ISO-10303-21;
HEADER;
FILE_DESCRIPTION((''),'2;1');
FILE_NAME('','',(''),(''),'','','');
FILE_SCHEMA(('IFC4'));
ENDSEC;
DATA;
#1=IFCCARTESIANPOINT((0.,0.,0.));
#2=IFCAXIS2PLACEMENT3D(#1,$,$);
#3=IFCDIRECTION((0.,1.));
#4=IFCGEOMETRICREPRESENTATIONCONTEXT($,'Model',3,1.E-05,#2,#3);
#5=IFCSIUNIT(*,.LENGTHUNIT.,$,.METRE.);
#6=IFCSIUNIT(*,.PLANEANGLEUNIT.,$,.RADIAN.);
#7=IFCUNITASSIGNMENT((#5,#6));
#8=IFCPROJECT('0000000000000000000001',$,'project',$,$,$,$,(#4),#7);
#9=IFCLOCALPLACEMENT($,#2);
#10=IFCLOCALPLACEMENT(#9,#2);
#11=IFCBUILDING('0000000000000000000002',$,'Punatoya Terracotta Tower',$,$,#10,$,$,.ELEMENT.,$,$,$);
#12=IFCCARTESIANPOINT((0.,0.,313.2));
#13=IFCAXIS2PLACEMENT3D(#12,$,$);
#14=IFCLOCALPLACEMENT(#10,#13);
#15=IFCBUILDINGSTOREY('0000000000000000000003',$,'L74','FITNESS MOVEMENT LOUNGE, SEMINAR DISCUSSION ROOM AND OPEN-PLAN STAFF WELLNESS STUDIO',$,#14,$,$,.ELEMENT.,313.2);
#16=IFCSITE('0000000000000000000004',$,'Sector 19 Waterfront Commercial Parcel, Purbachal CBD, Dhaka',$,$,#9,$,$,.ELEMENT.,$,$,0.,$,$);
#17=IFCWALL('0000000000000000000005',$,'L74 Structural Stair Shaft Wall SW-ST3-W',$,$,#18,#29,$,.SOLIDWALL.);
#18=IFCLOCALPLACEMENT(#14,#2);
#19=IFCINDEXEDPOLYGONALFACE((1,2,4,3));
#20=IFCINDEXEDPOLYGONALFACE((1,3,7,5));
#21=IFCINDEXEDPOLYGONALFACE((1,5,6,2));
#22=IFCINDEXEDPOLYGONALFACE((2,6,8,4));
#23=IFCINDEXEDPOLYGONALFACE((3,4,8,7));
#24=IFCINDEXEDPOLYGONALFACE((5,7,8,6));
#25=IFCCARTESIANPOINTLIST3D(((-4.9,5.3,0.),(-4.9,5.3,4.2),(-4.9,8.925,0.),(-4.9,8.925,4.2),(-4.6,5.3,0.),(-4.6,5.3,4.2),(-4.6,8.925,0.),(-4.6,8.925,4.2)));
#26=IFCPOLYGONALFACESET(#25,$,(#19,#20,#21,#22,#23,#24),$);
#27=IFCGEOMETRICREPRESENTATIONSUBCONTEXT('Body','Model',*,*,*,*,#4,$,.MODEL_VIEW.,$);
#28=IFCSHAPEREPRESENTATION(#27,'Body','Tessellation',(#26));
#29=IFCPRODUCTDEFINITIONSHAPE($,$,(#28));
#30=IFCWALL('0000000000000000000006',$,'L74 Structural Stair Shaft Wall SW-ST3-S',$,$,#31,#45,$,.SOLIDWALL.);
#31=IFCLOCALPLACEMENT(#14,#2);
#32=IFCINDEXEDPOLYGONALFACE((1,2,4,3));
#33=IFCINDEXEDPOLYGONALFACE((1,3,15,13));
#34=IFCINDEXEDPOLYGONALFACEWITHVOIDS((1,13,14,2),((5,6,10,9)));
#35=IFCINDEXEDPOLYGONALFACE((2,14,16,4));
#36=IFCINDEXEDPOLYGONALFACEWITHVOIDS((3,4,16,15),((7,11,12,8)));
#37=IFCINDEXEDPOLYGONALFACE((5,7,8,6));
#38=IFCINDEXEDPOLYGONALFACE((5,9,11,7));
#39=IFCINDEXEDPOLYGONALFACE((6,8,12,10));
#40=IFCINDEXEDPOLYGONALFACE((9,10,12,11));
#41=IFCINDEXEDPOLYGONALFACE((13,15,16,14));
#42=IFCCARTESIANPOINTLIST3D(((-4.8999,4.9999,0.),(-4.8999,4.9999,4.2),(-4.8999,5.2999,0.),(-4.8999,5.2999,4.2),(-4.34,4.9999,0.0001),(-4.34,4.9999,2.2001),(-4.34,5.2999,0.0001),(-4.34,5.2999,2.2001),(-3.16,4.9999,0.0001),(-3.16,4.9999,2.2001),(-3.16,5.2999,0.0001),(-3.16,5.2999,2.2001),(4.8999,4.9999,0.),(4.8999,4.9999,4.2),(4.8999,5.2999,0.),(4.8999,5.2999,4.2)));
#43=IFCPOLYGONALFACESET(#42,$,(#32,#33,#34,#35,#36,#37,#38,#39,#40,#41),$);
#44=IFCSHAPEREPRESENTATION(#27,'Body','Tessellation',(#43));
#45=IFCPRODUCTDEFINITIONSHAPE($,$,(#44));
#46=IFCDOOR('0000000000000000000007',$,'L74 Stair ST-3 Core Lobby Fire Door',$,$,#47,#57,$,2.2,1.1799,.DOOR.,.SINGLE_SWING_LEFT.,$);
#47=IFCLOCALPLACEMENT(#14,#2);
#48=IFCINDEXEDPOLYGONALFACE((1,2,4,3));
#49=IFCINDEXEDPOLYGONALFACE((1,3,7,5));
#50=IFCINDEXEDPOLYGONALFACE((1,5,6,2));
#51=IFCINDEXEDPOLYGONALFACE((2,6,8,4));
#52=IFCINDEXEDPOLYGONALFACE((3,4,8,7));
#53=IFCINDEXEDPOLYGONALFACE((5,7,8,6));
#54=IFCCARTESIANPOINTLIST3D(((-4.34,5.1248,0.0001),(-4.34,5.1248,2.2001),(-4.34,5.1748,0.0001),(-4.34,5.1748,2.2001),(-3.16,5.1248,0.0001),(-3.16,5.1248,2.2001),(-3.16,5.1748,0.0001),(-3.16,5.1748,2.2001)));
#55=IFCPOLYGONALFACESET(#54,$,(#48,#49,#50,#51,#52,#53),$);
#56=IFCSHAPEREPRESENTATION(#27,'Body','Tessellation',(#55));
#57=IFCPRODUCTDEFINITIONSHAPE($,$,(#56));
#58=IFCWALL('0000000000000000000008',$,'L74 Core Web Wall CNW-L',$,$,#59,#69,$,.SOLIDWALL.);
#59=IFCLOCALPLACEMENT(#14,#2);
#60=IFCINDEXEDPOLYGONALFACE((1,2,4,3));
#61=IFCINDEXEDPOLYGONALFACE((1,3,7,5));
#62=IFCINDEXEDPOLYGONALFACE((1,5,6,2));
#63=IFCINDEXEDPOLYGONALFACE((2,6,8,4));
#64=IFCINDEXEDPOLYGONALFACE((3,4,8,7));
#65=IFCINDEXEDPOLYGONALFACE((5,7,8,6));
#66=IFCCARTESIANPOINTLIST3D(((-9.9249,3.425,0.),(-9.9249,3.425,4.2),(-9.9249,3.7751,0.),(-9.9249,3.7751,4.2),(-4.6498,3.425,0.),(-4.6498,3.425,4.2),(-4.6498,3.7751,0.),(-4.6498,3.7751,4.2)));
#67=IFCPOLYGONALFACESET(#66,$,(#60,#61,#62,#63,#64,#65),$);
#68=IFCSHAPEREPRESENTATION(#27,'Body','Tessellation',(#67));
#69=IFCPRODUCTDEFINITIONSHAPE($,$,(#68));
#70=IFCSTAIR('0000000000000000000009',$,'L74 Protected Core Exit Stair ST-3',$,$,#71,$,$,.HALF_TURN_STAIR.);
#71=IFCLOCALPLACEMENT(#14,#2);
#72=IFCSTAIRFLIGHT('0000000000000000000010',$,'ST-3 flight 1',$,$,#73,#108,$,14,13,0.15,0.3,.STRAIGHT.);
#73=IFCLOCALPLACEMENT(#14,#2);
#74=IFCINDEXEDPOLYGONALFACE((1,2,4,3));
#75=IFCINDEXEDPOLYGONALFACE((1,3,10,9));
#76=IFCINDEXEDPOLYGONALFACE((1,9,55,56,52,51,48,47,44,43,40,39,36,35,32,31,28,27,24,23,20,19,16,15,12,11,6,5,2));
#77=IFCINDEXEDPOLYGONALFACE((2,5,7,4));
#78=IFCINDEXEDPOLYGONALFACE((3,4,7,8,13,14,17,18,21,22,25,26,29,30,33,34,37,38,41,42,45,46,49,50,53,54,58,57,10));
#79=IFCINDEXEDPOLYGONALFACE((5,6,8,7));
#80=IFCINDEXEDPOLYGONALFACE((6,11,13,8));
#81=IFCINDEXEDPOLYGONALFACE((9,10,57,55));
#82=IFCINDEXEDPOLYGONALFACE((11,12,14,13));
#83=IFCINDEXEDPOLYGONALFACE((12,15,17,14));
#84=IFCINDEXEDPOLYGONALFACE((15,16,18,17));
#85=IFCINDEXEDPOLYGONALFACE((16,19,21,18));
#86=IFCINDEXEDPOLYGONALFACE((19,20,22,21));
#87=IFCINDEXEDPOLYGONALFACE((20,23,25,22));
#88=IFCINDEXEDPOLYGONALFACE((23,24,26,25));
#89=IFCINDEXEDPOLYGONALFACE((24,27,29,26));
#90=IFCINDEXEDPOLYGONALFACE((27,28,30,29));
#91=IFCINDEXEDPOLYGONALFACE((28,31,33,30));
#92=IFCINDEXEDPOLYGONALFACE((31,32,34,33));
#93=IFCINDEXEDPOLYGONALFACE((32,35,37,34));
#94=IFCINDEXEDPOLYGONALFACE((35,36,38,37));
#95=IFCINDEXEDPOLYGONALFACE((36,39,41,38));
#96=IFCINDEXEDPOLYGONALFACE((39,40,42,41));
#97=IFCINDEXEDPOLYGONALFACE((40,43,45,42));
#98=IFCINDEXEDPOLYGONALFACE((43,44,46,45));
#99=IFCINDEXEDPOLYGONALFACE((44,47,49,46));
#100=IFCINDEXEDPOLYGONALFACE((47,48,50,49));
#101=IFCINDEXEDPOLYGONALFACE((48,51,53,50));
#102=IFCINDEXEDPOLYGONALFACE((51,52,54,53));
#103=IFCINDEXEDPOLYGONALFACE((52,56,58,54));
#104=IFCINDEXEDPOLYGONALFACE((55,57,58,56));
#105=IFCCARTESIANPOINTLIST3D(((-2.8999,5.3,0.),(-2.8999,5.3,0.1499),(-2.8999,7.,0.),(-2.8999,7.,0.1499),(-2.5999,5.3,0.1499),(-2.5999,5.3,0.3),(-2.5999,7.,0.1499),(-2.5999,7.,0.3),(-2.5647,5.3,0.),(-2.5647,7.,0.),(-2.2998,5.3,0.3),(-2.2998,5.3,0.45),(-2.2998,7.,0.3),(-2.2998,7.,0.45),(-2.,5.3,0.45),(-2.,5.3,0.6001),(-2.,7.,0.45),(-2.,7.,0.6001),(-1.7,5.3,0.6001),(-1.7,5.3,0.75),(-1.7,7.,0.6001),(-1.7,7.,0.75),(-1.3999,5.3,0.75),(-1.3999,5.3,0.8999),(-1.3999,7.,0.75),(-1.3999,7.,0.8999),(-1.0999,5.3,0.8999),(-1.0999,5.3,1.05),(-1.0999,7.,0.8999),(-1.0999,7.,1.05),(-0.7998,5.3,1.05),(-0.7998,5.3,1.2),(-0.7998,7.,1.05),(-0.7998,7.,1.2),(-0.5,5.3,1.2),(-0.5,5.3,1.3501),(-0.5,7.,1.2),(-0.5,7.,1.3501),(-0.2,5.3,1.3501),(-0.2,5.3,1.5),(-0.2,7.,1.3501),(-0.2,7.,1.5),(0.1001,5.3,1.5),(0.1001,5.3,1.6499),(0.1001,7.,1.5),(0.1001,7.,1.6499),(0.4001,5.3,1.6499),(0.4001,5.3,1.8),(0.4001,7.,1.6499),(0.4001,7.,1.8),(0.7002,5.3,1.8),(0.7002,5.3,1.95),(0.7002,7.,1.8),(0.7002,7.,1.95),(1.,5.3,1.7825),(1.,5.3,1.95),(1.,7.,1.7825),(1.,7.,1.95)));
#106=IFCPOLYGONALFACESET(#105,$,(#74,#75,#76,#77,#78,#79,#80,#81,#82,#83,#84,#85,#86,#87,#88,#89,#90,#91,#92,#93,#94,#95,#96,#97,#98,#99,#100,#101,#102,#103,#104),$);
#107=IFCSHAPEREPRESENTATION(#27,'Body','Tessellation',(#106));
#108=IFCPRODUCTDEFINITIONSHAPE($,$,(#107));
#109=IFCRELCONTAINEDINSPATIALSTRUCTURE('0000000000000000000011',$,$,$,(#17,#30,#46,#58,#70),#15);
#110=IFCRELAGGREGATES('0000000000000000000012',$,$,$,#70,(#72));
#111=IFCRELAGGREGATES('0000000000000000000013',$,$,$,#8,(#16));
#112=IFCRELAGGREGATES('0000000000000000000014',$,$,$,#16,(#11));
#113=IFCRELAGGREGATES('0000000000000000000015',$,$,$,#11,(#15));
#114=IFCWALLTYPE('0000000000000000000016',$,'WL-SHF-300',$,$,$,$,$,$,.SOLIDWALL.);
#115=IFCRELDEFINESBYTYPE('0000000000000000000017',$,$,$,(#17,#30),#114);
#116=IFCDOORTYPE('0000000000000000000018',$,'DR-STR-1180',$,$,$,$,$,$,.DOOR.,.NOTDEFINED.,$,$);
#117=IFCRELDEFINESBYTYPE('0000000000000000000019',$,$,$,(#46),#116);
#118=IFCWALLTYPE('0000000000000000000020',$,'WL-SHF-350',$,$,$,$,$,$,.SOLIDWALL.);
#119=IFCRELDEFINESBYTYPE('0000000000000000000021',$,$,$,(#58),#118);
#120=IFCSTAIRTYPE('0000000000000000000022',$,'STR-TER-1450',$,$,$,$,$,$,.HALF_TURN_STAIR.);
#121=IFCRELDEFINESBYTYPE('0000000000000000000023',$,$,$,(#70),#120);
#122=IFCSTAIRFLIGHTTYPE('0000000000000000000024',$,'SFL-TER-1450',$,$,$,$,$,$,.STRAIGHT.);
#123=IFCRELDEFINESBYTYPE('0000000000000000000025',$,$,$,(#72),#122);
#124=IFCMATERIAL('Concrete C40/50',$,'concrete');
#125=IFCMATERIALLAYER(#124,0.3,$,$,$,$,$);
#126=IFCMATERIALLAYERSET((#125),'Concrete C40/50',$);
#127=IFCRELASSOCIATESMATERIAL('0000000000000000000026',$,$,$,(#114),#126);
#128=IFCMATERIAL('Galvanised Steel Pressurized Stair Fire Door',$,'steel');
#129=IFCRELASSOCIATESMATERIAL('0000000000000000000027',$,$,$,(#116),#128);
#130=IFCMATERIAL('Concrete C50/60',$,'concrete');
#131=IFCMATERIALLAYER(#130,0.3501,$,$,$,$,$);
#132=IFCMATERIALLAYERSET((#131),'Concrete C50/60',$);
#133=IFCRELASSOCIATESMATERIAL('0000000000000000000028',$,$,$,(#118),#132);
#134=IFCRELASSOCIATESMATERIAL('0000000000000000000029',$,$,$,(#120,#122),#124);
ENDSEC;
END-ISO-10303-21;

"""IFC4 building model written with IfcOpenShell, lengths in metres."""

from ifc_helpers import new_model, si_unit, direction, frame, frame_2d, origin, place, context, subcontext, project, spatial, polyline, rectangle, outline, extrude, material, layer, layer_set, type_object, element, fill, aggregate, save


model = new_model("IFC4")

# Units and contexts
model_context = context("Model", 3, precision=1e-05, world=origin(), true_north=direction((0.0, 1.0)))
body_context = subcontext(model_context, "Body", "Model", "MODEL_VIEW")
ifc_project = project(units=[si_unit("LENGTHUNIT", "METRE"), si_unit("PLANEANGLEUNIT", "RADIAN")], contexts=[model_context])

# Site, building, storey
site_placement = place(None, origin())
site = spatial("IfcSite", under=ifc_project, at=site_placement, Name="Sector 19 Waterfront Commercial Parcel, Purbachal CBD, Dhaka", CompositionType="ELEMENT", RefElevation=0.0)
building_placement = place(site_placement, origin())
building = spatial("IfcBuilding", under=site, at=building_placement, Name="Punatoya Terracotta Tower", CompositionType="ELEMENT")
storey_placement = place(building_placement, frame((0.0, 0.0, 313.2)))
storey = spatial("IfcBuildingStorey", under=building, at=storey_placement, Name="L74", Description="FITNESS MOVEMENT LOUNGE, SEMINAR DISCUSSION ROOM AND OPEN-PLAN STAFF WELLNESS STUDIO", CompositionType="ELEMENT", Elevation=313.2)

# Shared definitions
ifc_material_1 = material(Name="Concrete C50/60", Category="concrete")

# Shared definitions
ifc_material_2 = material(Name="Concrete C40/50", Category="concrete")

# Wall
ifc_layer_1 = layer(ifc_material_2, 0.3)
ifc_layer_set_1 = layer_set([ifc_layer_1], Name="Concrete C40/50")
wall_type_1 = type_object("IfcWallType", Name="WL-SHF-300", PredefinedType="SOLIDWALL", material=ifc_layer_set_1)
wall_1_placement = place(storey_placement, frame((-4.75, 5.3, 0.0), z_axis=(0.0, 0.0, 1.0), x_axis=(0.0, 1.0, 0.0)))
element("IfcWall", 1, at=wall_1_placement, inside=storey, type_object=wall_type_1, Name="L74 Structural Stair Shaft Wall SW-ST3-W", PredefinedType="SOLIDWALL", context=body_context, shape_type="SweptSolid", body=[
    extrude(rectangle(XDim=3.625, YDim=0.3, at=frame_2d((1.8125, 0.0))), origin(), (0.0, 0.0, 1.0), 4.2),
])

# Wall, opening, door
wall_2_placement = place(storey_placement, frame((-4.8999, 5.1499, 0.0), z_axis=(0.0, 0.0, 1.0), x_axis=(1.0, 0.0, 0.0)))
wall_2 = element("IfcWall", 2, at=wall_2_placement, inside=storey, type_object=wall_type_1, Name="L74 Structural Stair Shaft Wall SW-ST3-S", PredefinedType="SOLIDWALL", context=body_context, shape_type="SweptSolid", body=[
    extrude(rectangle(XDim=9.7998, YDim=0.3, at=frame_2d((4.8999, 0.0))), origin(), (0.0, 0.0, 1.0), 4.2),
])
opening_1_placement = place(wall_2_placement, frame((0.5601, 0.0, 0.0)))
opening_1 = element("IfcOpeningElement", 3, at=opening_1_placement, cuts=wall_2, PredefinedType="OPENING", context=body_context, shape_type="SweptSolid", body=[
    extrude(rectangle(XDim=1.1799, YDim=2.2, at=frame_2d((0.5898, 1.1001))), frame((0.0, 0.1599, 0.0), z_axis=(0.0, -1.0, 0.0), x_axis=(1.0, 0.0, 0.0)), (0.0, 0.0, 1.0), 0.3201),
])
ifc_material_3 = material(Name="Galvanised Steel Pressurized Stair Fire Door", Category="steel")
door_type_1 = type_object("IfcDoorType", Name="DR-STR-1180", OperationType="NOTDEFINED", PredefinedType="DOOR", material=ifc_material_3)
door_1_placement = place(opening_1_placement, origin())
door_1 = element("IfcDoor", 4, at=door_1_placement, inside=storey, type_object=door_type_1, Name="L74 Stair ST-3 Core Lobby Fire Door", OperationType="SINGLE_SWING_LEFT", OverallHeight=2.2, OverallWidth=1.1799, PredefinedType="DOOR", context=body_context, shape_type="SweptSolid", body=[
    extrude(rectangle(XDim=1.1799, YDim=2.2, at=frame_2d((0.5898, 1.1001))), frame((0.0, 0.0249, 0.0), z_axis=(0.0, -1.0, 0.0), x_axis=(1.0, 0.0, 0.0)), (0.0, 0.0, 1.0), 0.05),
])
fill(opening_1, door_1)

# Wall
ifc_layer_2 = layer(ifc_material_1, 0.3501)
ifc_layer_set_2 = layer_set([ifc_layer_2], Name="Concrete C50/60")
wall_type_2 = type_object("IfcWallType", Name="WL-SHF-350", PredefinedType="SOLIDWALL", material=ifc_layer_set_2)
wall_3_placement = place(storey_placement, frame((-9.925, 3.6001, 0.0), z_axis=(0.0, 0.0, 1.0), x_axis=(1.0, 0.0, 0.0)))
element("IfcWall", 5, at=wall_3_placement, inside=storey, type_object=wall_type_2, Name="L74 Core Web Wall CNW-L", PredefinedType="SOLIDWALL", context=body_context, shape_type="SweptSolid", body=[
    extrude(rectangle(XDim=5.2751, YDim=0.3501, at=frame_2d((2.6377, 0.0))), origin(), (0.0, 0.0, 1.0), 4.2),
])

# Stair, stair flight
stair_type = type_object("IfcStairType", Name="STR-TER-1450", PredefinedType="HALF_TURN_STAIR", material=ifc_material_2)
stair_placement = place(storey_placement, origin())
stair = element("IfcStair", 6, at=stair_placement, inside=storey, type_object=stair_type, Name="L74 Protected Core Exit Stair ST-3", PredefinedType="HALF_TURN_STAIR")
stair_flight_type = type_object("IfcStairFlightType", Name="SFL-TER-1450", PredefinedType="STRAIGHT", material=ifc_material_2)
stair_flight_placement = place(storey_placement, frame((-2.8999, 6.1499, 0.0), z_axis=(0.0, 0.0, 1.0), x_axis=(1.0, 0.0, 0.0)))
stair_flight = element("IfcStairFlight", 7, at=stair_flight_placement, type_object=stair_flight_type, Name="ST-3 flight 1", NumberOfRisers=14, NumberOfTreads=13, PredefinedType="STRAIGHT", RiserHeight=0.15, TreadLength=0.3, context=body_context, shape_type="SweptSolid", body=[
    extrude(outline(polyline([(0.0, 0.0), (0.0, 0.1499), (0.3, 0.1499), (0.3, 0.3), (0.6001, 0.3), (0.6001, 0.45), (0.8999, 0.45), (0.8999, 0.6001), (1.2, 0.6001), (1.2, 0.75), (1.5, 0.75), (1.5, 0.8999), (1.8, 0.8999), (1.8, 1.05), (2.1001, 1.05), (2.1001, 1.2), (2.3999, 1.2), (2.3999, 1.3501), (2.7, 1.3501), (2.7, 1.5), (3.0, 1.5), (3.0, 1.6499), (3.3, 1.6499), (3.3, 1.8), (3.6001, 1.8), (3.6001, 1.95), (3.8999, 1.95), (3.8999, 2.1001), (3.8999, 1.7825), (0.3352, 0.0), (0.0, 0.0)])), frame((0.0, 0.8501, 0.0), z_axis=(0.0, -1.0, 0.0), x_axis=(1.0, 0.0, 0.0)), (0.0, 0.0, 1.0), 1.7),
])
aggregate(stair, [stair_flight])

save(model, "model.ifc")
